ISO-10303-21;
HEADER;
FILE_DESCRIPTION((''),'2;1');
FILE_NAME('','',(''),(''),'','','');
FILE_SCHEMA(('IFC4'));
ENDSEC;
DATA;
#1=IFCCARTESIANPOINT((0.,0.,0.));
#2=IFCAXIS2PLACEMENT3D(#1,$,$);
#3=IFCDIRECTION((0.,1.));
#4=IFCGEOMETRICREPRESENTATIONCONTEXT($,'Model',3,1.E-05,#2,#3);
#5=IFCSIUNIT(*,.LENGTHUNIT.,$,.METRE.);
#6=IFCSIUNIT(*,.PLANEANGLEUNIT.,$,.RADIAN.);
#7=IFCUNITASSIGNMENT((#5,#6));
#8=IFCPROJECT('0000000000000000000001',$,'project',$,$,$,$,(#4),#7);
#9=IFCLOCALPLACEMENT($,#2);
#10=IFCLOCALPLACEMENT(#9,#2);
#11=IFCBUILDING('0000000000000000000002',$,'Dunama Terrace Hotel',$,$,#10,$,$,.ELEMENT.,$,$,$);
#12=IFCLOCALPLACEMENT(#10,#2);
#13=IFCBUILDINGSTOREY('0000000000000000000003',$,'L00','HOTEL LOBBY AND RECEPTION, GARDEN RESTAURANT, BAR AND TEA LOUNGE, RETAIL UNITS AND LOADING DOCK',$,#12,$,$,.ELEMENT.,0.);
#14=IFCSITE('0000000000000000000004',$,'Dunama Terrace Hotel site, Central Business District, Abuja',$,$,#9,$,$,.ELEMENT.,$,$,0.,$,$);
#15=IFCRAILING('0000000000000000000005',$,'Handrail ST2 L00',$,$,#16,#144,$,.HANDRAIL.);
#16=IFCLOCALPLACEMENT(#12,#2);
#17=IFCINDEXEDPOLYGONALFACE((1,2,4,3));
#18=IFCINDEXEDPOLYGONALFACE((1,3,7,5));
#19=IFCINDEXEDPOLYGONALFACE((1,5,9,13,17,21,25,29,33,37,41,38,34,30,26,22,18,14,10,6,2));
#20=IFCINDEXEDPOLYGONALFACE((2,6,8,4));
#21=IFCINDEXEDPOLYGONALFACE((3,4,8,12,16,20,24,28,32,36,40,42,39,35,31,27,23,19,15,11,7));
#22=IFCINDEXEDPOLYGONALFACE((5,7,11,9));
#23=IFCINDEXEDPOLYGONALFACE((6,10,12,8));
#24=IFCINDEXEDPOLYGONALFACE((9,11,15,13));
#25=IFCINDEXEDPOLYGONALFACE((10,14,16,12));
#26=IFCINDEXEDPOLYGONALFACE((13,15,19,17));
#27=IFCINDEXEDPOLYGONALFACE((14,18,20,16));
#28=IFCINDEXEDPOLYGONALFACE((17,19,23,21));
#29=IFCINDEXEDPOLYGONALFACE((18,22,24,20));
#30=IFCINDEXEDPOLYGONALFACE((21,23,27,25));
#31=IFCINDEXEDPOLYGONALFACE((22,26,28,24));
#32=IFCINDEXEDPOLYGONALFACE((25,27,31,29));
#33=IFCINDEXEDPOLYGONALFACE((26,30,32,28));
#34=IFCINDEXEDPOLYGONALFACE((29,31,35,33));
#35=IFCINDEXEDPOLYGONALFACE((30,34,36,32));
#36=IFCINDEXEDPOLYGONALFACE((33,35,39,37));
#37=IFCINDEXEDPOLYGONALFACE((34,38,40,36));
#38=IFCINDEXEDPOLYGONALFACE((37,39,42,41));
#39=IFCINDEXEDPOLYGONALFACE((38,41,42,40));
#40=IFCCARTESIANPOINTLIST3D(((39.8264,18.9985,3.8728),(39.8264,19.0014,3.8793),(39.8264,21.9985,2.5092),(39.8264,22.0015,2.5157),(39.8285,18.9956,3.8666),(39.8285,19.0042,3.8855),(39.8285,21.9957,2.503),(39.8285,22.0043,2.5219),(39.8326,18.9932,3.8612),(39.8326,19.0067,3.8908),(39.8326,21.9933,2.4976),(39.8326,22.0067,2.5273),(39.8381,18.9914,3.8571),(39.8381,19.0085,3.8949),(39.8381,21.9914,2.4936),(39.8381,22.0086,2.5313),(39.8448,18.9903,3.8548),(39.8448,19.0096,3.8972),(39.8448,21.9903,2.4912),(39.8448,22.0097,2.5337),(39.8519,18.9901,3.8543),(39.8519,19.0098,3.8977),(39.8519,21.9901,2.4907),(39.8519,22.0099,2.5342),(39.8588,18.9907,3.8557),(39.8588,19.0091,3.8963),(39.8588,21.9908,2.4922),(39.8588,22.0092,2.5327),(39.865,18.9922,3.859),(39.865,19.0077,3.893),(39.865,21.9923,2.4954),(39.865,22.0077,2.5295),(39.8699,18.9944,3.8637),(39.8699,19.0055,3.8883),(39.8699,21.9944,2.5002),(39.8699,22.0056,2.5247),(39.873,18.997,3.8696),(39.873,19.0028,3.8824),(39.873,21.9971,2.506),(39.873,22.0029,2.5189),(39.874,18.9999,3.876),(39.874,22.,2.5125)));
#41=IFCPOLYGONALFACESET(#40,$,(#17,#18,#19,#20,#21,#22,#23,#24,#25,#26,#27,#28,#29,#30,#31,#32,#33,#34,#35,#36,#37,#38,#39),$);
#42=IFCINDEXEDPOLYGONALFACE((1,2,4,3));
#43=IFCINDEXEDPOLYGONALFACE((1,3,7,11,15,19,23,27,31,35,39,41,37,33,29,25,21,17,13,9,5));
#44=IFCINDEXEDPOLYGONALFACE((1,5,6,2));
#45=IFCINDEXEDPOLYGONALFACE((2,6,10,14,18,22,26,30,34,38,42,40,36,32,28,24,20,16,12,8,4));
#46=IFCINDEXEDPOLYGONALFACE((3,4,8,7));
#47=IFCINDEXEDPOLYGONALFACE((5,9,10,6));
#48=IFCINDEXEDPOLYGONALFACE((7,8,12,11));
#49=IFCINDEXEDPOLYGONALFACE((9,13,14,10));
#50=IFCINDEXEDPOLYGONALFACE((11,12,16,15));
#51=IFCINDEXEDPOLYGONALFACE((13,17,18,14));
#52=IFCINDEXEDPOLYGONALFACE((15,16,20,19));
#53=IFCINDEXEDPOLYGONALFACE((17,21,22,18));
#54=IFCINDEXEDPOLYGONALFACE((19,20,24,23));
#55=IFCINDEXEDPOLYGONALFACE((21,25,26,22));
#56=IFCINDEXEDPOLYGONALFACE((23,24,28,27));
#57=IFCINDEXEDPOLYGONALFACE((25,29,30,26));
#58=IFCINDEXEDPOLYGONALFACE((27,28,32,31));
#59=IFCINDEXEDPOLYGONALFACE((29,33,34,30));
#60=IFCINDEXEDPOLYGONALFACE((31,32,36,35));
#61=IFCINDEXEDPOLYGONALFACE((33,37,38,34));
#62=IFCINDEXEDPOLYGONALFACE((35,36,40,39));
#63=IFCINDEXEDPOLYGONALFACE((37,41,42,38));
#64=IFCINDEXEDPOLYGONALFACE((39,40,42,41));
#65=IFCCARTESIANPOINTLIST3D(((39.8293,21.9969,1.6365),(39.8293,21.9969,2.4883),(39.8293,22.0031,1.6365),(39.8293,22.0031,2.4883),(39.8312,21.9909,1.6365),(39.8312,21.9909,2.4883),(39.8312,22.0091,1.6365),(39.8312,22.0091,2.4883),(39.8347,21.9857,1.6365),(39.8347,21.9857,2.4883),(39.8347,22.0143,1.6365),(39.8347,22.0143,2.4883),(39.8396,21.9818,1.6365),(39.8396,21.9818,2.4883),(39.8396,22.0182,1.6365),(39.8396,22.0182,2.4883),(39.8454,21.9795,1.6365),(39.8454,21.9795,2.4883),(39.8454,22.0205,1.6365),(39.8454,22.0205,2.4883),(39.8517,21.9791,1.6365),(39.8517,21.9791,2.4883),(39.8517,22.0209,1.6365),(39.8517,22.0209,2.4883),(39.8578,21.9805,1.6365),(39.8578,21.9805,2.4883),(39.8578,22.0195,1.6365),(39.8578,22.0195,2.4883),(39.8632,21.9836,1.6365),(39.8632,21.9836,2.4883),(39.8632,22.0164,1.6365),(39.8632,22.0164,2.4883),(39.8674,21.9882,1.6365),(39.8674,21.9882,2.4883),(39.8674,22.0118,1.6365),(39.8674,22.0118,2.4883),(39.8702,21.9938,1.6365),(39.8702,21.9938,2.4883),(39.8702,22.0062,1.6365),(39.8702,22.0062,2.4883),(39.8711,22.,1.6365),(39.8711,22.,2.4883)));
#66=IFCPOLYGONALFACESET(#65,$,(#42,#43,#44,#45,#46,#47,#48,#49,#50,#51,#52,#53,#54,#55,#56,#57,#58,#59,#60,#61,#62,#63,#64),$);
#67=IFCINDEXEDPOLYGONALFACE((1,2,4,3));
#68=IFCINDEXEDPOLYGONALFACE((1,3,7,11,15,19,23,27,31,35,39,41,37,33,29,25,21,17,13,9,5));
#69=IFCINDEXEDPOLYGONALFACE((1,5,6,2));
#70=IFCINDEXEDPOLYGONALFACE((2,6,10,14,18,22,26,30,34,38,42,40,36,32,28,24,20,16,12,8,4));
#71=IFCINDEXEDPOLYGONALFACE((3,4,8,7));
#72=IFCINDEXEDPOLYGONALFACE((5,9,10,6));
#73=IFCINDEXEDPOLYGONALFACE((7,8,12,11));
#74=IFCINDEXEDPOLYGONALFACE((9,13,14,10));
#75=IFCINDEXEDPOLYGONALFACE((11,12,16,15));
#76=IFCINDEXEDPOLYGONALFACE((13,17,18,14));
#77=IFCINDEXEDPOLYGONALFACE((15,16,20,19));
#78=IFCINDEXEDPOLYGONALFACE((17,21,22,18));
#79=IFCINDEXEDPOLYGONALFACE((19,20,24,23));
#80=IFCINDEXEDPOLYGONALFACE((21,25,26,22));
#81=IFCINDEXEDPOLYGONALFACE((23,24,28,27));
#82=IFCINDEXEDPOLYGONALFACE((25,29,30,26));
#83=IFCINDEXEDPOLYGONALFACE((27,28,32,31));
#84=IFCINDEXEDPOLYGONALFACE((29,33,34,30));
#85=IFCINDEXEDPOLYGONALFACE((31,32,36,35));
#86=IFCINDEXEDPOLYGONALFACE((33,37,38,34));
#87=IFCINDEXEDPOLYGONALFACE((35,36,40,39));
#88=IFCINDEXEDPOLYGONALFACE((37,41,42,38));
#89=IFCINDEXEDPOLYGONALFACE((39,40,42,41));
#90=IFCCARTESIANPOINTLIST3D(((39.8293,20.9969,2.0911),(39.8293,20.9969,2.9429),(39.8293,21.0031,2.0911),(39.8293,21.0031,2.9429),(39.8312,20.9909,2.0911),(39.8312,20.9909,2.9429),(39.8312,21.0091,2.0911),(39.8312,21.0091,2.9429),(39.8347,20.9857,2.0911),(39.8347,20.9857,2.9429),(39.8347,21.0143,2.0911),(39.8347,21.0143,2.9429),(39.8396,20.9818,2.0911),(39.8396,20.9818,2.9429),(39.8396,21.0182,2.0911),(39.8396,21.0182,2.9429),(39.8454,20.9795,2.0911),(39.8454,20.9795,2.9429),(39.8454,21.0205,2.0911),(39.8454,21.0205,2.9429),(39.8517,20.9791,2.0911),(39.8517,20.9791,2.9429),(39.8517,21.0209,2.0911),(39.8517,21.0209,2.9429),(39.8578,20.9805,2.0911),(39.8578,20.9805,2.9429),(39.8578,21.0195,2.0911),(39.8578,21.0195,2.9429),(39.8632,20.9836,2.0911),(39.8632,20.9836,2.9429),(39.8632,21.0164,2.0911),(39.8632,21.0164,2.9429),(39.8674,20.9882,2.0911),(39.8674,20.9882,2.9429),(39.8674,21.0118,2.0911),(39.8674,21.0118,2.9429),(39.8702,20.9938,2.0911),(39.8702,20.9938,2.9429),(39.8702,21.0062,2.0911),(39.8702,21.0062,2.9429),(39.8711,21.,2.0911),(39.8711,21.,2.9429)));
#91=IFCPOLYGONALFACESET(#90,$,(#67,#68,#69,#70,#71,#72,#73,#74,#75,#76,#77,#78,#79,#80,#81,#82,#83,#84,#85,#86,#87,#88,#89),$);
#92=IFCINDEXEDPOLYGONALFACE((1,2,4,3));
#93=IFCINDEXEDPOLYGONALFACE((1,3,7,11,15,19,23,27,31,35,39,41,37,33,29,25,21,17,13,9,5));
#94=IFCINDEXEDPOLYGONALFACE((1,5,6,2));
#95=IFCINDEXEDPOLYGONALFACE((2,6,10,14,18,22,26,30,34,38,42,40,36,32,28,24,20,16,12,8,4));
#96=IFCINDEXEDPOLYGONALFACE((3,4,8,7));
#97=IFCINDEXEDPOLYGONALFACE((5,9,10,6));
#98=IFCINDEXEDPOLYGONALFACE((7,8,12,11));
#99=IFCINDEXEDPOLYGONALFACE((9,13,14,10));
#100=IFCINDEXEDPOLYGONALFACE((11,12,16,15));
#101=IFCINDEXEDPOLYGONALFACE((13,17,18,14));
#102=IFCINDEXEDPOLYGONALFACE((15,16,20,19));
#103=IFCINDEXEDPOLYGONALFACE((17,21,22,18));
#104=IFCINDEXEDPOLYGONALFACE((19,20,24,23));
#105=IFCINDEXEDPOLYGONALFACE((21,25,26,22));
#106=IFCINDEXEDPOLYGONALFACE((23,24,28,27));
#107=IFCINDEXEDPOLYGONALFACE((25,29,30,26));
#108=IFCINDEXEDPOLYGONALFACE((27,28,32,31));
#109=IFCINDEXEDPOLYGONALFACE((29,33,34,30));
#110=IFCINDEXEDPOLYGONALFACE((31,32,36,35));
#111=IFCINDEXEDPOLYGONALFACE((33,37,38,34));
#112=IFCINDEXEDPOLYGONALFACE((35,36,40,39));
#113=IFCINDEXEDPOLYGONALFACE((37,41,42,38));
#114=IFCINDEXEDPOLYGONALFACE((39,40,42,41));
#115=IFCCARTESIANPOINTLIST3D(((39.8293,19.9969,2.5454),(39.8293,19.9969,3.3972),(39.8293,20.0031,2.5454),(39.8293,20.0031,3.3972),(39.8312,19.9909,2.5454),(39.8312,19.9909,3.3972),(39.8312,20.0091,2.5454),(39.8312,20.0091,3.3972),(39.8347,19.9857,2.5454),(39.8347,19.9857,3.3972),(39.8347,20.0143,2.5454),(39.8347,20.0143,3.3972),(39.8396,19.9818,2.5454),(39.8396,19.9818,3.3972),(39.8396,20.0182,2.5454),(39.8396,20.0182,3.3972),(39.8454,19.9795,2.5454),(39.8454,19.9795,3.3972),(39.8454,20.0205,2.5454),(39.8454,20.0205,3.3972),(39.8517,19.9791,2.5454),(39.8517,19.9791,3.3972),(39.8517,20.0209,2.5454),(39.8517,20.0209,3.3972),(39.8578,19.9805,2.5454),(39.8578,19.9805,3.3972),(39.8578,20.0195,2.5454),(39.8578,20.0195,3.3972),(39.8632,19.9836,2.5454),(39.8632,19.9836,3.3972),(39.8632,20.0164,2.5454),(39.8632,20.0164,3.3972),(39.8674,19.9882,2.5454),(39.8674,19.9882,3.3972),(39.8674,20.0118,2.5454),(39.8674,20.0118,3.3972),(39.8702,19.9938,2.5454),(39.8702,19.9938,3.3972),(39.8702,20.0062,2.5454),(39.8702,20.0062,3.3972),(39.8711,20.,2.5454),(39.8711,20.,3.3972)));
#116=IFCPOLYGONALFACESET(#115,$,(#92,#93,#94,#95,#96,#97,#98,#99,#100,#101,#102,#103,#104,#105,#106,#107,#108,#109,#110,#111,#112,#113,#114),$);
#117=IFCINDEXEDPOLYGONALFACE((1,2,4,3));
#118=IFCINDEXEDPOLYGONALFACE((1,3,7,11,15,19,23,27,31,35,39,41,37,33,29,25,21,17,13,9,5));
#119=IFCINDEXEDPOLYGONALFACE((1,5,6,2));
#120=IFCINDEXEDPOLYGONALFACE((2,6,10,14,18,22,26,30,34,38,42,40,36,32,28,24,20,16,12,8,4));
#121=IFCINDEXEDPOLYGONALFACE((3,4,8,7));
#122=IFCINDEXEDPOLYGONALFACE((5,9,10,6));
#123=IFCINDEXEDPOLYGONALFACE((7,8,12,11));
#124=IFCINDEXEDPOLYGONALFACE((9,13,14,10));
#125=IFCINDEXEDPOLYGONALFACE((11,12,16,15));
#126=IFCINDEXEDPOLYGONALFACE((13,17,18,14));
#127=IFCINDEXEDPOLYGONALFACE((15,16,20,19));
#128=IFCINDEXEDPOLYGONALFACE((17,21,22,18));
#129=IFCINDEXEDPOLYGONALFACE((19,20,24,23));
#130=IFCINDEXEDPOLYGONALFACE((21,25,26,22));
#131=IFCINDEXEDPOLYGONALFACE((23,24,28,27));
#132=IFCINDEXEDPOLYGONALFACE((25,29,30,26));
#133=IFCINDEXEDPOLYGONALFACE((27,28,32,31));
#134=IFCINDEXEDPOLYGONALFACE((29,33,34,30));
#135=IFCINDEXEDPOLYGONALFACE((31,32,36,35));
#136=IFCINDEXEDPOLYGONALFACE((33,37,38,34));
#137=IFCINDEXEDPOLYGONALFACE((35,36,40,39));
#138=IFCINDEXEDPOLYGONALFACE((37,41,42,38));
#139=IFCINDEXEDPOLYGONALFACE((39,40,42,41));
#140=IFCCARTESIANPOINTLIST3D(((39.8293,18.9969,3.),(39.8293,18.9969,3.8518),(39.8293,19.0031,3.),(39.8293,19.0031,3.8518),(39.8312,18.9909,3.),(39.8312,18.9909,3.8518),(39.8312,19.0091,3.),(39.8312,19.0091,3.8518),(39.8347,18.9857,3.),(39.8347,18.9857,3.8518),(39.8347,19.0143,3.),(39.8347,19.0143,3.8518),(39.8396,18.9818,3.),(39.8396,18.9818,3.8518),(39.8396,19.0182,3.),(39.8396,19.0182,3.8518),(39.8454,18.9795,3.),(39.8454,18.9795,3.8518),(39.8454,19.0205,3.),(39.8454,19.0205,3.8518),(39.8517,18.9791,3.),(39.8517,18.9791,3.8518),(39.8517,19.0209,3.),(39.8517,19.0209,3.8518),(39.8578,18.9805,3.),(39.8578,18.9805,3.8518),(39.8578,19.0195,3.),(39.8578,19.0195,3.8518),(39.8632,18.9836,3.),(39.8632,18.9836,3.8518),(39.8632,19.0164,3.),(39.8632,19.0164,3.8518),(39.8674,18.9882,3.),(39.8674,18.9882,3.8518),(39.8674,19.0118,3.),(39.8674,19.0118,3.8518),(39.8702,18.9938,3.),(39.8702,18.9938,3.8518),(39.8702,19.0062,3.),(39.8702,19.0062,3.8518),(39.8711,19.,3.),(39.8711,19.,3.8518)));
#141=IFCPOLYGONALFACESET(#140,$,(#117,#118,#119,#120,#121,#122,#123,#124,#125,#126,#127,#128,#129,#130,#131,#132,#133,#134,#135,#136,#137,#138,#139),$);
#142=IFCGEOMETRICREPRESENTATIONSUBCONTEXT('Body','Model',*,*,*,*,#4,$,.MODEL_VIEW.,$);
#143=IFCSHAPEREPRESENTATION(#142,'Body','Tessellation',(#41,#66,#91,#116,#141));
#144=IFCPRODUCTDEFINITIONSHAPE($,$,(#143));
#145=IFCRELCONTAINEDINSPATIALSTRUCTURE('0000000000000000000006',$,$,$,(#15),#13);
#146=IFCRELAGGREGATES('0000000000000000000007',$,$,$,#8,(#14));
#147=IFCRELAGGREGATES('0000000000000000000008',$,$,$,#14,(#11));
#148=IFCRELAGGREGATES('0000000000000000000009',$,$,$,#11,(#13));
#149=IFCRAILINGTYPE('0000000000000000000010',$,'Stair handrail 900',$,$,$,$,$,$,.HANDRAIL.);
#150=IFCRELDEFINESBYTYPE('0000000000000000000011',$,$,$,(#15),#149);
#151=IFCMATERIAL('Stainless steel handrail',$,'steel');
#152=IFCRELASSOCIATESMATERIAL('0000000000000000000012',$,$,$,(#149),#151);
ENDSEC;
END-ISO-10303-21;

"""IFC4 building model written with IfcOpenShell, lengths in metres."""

from ifc_helpers import new_model, si_unit, direction, frame, origin, origin_2d, place, context, subcontext, project, spatial, circle, extrude, material, type_object, element, save


model = new_model("IFC4")

# Units and contexts
model_context = context("Model", 3, precision=1e-05, world=origin(), true_north=direction((0.0, 1.0)))
body_context = subcontext(model_context, "Body", "Model", "MODEL_VIEW")
ifc_project = project(units=[si_unit("LENGTHUNIT", "METRE"), si_unit("PLANEANGLEUNIT", "RADIAN")], contexts=[model_context])

# Site, building, storey
site_placement = place(None, origin())
site = spatial("IfcSite", under=ifc_project, at=site_placement, Name="Dunama Terrace Hotel site, Central Business District, Abuja", CompositionType="ELEMENT", RefElevation=0.0)
building_placement = place(site_placement, origin())
building = spatial("IfcBuilding", under=site, at=building_placement, Name="Dunama Terrace Hotel", CompositionType="ELEMENT")
storey_placement = place(building_placement, origin())
storey = spatial("IfcBuildingStorey", under=building, at=storey_placement, Name="L00", Description="HOTEL LOBBY AND RECEPTION, GARDEN RESTAURANT, BAR AND TEA LOUNGE, RETAIL UNITS AND LOADING DOCK", CompositionType="ELEMENT", Elevation=0.0)

# Railing
ifc_material_1 = material(Name="Stainless steel handrail", Category="steel")
railing_type = type_object("IfcRailingType", Name="Stair handrail 900", PredefinedType="HANDRAIL", material=ifc_material_1)
railing_1_placement = place(storey_placement, frame((39.8501, 22.0, 1.6365)))
element("IfcRailing", 1, at=railing_1_placement, inside=storey, type_object=railing_type, Name="Handrail ST2 L00", PredefinedType="HANDRAIL", context=body_context, shape_type="SweptSolid", body=[
    extrude(circle(Radius=0.0239, at=origin_2d()), frame((0.0, 0.0, 0.876), z_axis=(0.0, -0.910379, 0.413775), x_axis=(1.0, 0.0, 0.0)), (0.0, 0.0, 1.0), 3.2954),
    extrude(circle(Radius=0.021, at=origin_2d()), origin(), (0.0, 0.0, 1.0), 0.8518),
    extrude(circle(Radius=0.021, at=origin_2d()), frame((0.0, -1.0, 0.4546)), (0.0, 0.0, 1.0), 0.8518),
    extrude(circle(Radius=0.021, at=origin_2d()), frame((0.0, -2.0, 0.9089)), (0.0, 0.0, 1.0), 0.8518),
    extrude(circle(Radius=0.021, at=origin_2d()), frame((0.0, -3.0, 1.3635)), (0.0, 0.0, 1.0), 0.8518),
])

save(model, "model.ifc")
